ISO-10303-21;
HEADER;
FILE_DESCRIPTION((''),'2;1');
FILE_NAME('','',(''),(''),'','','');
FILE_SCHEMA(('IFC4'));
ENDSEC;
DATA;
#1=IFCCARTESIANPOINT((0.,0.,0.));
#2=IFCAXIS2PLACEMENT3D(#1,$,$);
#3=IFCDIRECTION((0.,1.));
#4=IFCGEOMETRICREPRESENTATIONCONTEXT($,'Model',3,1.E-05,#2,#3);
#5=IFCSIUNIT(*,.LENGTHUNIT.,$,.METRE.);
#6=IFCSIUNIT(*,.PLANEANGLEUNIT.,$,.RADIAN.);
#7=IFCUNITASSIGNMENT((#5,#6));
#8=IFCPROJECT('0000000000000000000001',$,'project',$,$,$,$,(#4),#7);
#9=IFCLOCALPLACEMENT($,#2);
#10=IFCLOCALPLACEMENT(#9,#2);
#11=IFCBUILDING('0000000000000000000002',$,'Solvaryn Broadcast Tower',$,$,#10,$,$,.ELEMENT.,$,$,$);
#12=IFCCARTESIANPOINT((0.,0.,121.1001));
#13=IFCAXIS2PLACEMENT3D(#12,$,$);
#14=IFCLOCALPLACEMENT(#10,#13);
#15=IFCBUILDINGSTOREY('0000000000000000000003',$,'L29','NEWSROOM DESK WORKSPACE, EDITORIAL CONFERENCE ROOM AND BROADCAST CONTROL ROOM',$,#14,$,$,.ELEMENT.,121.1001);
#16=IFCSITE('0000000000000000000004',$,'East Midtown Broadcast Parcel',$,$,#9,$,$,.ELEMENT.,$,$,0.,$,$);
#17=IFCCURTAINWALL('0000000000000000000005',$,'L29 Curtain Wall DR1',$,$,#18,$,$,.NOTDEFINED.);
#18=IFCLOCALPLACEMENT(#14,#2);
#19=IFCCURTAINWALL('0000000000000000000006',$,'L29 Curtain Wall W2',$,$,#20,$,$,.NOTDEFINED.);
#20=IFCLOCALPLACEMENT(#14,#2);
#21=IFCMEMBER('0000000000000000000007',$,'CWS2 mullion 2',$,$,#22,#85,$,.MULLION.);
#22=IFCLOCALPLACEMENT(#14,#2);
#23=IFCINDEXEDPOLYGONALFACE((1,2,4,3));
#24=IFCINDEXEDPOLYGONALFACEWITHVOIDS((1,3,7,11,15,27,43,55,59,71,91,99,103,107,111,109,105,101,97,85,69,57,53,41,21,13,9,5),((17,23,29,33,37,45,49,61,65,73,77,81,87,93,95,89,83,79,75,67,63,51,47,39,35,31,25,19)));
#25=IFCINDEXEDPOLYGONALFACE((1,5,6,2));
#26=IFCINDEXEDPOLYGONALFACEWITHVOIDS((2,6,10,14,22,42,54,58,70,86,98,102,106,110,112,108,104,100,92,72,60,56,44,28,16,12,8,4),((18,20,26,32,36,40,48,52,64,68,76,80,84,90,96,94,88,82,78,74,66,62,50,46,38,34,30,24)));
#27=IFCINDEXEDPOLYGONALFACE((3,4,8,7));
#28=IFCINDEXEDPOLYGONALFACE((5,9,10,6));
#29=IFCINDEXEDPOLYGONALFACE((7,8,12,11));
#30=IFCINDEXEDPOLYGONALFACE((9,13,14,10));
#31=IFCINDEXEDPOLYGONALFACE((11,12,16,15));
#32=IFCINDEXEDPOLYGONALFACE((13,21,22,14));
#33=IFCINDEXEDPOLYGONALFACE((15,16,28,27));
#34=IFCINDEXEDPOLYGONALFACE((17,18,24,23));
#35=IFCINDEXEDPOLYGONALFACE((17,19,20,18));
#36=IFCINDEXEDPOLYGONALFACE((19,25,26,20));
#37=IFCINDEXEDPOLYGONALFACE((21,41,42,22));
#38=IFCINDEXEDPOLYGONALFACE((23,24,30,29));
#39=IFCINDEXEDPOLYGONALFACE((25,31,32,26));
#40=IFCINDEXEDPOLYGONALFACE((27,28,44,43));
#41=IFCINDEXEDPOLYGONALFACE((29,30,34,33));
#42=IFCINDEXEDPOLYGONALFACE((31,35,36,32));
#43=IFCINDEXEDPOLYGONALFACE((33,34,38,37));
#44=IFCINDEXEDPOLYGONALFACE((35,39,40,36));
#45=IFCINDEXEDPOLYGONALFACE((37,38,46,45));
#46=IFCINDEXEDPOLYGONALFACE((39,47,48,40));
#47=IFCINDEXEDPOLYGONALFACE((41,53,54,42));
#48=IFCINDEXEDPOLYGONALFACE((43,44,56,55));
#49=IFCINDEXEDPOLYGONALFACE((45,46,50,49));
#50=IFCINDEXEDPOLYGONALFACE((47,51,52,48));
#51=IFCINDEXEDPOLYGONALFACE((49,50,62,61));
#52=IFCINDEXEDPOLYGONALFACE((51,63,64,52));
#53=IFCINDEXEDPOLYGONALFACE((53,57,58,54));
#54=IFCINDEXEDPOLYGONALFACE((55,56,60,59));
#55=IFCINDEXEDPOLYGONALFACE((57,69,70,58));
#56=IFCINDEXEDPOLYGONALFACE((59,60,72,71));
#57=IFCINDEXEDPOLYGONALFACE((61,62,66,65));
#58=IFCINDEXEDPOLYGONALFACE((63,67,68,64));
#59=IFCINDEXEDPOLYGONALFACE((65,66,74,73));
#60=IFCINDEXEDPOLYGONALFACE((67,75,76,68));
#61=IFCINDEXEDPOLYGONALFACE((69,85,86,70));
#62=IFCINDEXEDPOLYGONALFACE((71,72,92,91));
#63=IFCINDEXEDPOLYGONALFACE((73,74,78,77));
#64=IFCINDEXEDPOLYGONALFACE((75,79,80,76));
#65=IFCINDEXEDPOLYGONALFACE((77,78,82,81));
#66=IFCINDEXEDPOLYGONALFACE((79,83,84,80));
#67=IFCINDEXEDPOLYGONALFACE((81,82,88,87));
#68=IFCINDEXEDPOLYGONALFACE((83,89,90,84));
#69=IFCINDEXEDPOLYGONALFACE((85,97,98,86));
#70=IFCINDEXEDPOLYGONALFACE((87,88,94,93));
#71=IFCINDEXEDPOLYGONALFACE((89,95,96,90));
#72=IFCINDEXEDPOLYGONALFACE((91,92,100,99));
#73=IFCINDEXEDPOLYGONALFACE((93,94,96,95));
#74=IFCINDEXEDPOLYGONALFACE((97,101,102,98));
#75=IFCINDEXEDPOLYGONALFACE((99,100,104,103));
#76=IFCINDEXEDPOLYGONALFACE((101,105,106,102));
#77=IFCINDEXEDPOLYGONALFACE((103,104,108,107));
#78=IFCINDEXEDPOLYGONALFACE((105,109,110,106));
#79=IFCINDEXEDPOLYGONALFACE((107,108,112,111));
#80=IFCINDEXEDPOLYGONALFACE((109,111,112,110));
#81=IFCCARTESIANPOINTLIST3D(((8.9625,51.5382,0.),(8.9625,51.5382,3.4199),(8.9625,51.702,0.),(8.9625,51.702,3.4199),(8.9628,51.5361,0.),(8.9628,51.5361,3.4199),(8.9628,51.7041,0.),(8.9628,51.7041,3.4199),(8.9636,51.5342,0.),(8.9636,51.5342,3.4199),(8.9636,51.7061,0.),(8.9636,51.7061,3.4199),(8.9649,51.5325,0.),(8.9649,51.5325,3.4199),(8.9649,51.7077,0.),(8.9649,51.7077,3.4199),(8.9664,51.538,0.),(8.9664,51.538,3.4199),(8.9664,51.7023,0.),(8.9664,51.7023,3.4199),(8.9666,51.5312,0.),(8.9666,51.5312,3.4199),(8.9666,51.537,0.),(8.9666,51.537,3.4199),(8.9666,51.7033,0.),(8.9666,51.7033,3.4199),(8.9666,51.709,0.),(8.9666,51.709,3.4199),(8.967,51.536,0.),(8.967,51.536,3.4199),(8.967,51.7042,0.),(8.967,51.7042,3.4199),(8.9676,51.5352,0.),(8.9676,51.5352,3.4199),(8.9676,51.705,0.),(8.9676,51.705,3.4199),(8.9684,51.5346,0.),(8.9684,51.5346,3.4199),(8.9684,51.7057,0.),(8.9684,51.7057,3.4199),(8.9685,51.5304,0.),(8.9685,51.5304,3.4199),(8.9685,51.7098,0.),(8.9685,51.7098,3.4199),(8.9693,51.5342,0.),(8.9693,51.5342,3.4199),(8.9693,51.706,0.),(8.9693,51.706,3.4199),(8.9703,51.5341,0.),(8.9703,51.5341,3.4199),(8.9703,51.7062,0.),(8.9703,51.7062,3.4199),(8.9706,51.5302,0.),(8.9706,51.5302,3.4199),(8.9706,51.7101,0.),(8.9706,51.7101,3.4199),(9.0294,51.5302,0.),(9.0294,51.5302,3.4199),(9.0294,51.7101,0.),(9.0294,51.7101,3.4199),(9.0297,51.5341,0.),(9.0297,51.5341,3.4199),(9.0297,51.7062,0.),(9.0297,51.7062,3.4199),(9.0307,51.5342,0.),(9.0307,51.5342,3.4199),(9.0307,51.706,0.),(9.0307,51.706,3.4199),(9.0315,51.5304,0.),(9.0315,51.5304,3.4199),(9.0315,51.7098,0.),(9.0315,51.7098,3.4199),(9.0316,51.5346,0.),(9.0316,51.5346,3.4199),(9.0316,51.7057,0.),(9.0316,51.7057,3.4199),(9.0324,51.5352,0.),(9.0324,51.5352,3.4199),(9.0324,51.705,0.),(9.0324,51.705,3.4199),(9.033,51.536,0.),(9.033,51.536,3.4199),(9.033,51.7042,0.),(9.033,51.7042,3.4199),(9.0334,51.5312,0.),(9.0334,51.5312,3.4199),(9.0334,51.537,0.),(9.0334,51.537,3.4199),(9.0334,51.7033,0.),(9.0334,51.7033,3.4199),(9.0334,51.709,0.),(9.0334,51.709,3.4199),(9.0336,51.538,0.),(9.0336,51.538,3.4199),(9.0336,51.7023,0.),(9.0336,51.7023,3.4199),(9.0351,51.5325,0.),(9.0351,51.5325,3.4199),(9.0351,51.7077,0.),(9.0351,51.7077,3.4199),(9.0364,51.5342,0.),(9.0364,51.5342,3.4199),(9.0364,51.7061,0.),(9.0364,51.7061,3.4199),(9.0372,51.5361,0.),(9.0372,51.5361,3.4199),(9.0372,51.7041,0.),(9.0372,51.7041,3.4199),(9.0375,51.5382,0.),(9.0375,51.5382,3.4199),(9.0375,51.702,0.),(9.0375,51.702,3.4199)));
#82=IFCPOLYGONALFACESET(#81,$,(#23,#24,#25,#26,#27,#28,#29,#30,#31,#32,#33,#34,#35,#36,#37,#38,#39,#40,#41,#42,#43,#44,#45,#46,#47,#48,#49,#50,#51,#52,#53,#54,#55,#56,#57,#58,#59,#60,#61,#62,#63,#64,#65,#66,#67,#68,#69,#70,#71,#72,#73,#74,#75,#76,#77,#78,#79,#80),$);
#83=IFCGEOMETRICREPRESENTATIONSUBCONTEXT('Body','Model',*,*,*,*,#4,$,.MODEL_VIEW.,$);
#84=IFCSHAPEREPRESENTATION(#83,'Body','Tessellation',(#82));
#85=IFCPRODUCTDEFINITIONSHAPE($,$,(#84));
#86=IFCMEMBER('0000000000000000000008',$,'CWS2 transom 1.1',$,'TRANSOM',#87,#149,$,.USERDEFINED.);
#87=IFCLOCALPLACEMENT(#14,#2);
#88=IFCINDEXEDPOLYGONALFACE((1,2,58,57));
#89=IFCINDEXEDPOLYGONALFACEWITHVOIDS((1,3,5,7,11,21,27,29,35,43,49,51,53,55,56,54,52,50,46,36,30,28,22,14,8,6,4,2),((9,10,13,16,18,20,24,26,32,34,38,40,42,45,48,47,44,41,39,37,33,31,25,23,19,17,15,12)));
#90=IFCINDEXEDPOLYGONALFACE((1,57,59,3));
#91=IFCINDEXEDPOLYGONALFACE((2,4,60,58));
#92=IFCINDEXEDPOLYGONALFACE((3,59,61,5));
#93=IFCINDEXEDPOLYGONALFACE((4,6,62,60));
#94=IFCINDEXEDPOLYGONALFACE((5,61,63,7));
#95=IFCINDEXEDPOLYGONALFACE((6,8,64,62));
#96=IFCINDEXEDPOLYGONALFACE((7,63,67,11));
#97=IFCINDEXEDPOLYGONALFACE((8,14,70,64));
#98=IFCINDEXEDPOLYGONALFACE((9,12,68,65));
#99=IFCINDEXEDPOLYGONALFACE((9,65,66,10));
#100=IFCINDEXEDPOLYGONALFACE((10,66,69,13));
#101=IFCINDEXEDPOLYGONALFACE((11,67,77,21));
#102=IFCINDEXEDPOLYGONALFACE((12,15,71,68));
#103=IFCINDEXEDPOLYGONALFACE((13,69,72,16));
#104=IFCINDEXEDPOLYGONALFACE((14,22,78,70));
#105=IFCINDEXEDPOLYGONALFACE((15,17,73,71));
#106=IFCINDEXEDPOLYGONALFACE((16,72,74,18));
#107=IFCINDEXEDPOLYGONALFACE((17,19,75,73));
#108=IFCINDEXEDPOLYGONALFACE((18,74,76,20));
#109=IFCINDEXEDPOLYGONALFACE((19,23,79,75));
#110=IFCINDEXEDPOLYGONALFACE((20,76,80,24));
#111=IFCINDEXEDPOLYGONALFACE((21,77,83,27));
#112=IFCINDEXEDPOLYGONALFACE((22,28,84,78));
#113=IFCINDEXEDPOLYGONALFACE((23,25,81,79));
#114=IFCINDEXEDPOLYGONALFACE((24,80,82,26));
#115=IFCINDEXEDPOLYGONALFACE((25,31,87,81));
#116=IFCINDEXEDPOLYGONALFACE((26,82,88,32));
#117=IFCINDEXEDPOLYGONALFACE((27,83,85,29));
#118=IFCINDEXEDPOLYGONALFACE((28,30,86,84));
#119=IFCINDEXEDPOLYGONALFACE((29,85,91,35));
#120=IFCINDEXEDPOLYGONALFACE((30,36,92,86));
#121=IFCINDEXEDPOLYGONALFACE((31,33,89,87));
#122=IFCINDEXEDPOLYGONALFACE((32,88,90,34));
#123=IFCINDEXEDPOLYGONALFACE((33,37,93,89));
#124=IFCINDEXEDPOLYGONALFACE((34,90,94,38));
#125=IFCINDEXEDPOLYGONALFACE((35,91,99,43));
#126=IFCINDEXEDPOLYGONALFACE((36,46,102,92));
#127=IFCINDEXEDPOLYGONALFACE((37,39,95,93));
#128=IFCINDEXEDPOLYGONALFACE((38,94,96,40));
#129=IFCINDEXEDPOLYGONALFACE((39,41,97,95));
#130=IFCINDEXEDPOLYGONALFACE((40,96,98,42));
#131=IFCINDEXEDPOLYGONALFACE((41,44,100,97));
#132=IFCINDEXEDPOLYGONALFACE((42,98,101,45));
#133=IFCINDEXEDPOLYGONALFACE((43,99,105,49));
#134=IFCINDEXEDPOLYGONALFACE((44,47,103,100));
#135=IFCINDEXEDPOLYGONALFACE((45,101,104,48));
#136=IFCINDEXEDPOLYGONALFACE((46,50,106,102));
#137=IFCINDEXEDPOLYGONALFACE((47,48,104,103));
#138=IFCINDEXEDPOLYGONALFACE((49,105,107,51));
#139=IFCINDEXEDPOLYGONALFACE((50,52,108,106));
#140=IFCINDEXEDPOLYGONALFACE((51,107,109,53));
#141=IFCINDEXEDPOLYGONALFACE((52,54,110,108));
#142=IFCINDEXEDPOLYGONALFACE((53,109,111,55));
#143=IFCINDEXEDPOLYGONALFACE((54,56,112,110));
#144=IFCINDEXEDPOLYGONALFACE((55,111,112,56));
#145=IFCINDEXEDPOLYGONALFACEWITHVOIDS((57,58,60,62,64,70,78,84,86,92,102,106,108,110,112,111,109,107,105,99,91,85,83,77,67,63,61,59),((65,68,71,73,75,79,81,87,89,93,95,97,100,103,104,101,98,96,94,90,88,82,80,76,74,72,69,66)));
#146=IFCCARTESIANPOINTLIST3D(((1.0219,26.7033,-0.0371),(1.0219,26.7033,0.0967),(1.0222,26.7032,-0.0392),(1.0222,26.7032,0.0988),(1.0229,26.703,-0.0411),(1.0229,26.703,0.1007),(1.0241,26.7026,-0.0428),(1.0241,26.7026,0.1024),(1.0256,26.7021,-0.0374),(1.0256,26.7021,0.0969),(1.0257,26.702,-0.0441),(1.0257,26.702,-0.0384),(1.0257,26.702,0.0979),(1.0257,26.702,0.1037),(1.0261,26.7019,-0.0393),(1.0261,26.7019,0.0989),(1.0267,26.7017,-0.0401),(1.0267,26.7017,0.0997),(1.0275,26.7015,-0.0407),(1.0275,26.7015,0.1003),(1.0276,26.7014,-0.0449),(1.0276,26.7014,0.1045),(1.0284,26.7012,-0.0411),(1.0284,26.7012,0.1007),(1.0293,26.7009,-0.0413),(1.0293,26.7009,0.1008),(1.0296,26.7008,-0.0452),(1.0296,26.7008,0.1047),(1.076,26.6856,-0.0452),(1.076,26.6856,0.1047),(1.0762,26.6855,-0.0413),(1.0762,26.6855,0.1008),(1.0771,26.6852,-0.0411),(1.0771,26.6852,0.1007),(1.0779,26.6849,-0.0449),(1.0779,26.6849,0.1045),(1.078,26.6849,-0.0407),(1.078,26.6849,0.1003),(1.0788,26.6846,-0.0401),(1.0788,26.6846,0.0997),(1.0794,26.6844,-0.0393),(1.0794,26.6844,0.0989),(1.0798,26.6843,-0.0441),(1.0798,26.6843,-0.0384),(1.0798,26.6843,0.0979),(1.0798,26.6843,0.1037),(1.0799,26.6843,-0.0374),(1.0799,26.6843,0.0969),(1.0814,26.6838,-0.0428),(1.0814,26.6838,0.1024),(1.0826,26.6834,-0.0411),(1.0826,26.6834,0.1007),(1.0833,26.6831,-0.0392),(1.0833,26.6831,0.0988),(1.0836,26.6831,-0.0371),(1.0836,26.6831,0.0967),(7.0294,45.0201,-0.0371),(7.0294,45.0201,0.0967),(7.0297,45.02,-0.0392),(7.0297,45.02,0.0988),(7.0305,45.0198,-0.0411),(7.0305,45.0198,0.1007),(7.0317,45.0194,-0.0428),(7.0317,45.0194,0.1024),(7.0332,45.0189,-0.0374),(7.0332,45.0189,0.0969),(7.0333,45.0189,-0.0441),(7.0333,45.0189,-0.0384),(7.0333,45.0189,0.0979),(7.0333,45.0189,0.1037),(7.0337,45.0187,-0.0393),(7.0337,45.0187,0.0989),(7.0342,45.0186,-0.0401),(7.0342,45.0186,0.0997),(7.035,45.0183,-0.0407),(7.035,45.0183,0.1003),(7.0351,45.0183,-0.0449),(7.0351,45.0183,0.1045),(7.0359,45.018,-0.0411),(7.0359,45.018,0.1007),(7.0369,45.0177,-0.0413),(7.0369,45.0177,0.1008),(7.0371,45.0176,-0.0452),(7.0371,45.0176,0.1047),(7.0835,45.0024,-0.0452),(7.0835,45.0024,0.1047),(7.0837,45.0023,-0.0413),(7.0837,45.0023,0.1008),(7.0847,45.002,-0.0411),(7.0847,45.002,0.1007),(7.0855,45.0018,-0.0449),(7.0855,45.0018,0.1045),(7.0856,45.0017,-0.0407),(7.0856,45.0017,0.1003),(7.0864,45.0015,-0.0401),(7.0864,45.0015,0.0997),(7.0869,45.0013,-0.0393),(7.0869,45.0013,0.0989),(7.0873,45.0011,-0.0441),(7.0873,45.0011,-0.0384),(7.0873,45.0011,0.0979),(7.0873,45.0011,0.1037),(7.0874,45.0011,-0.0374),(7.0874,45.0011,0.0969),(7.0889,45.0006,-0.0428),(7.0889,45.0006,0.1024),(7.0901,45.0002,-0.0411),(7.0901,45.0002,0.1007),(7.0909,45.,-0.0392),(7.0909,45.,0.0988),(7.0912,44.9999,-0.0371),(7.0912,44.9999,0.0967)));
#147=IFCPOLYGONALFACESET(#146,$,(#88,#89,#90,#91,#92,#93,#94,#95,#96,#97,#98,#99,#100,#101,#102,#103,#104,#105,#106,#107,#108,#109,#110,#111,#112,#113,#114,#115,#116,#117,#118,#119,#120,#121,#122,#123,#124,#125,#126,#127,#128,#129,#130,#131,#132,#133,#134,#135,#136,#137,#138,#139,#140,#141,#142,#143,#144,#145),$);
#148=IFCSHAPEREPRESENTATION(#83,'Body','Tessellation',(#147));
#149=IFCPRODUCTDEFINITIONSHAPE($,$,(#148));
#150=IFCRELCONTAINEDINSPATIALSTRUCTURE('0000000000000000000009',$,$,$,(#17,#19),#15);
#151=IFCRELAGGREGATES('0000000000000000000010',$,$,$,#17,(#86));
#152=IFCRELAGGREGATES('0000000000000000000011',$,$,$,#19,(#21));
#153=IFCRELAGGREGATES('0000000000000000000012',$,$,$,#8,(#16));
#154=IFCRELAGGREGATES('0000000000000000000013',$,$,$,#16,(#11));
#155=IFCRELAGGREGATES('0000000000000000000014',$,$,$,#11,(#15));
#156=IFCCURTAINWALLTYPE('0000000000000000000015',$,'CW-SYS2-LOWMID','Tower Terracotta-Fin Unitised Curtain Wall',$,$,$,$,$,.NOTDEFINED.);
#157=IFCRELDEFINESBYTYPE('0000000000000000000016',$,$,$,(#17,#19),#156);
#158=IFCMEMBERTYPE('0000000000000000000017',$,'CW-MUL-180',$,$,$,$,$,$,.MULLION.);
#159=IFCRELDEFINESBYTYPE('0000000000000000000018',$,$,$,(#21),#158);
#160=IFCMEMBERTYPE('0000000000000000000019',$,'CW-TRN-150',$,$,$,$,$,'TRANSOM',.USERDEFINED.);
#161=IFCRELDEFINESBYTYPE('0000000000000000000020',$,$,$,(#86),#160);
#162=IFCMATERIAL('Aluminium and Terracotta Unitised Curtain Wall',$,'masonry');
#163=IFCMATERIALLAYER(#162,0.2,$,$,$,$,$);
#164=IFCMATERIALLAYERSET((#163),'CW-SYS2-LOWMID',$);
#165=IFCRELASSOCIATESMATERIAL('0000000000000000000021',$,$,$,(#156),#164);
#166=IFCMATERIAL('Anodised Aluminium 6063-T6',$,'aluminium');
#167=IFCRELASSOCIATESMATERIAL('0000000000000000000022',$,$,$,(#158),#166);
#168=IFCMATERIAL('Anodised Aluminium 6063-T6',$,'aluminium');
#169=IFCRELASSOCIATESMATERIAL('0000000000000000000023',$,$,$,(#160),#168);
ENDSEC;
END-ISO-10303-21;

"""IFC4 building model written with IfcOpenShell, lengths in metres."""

from ifc_helpers import new_model, si_unit, direction, frame, origin, origin_2d, place, context, subcontext, project, spatial, hollow_rectangle, extrude, material, layer, layer_set, material_profile, profile_set, type_object, element, aggregate, save


model = new_model("IFC4")

# Units and contexts
model_context = context("Model", 3, precision=1e-05, world=origin(), true_north=direction((0.0, 1.0)))
body_context = subcontext(model_context, "Body", "Model", "MODEL_VIEW")
ifc_project = project(units=[si_unit("LENGTHUNIT", "METRE"), si_unit("PLANEANGLEUNIT", "RADIAN")], contexts=[model_context])

# Site, building, storey
site_placement = place(None, origin())
site = spatial("IfcSite", under=ifc_project, at=site_placement, Name="East Midtown Broadcast Parcel", CompositionType="ELEMENT", RefElevation=0.0)
building_placement = place(site_placement, origin())
building = spatial("IfcBuilding", under=site, at=building_placement, Name="Solvaryn Broadcast Tower", CompositionType="ELEMENT")
storey_placement = place(building_placement, frame((0.0, 0.0, 121.1001)))
storey = spatial("IfcBuildingStorey", under=building, at=storey_placement, Name="L29", Description="NEWSROOM DESK WORKSPACE, EDITORIAL CONFERENCE ROOM AND BROADCAST CONTROL ROOM", CompositionType="ELEMENT", Elevation=121.1001)

# Curtain wall
ifc_material_1 = material(Name="Aluminium and Terracotta Unitised Curtain Wall", Category="masonry")
ifc_layer_1 = layer(ifc_material_1, 0.2)
ifc_layer_set_1 = layer_set([ifc_layer_1], Name="CW-SYS2-LOWMID")
curtain_wall_type = type_object("IfcCurtainWallType", Name="CW-SYS2-LOWMID", Description="Tower Terracotta-Fin Unitised Curtain Wall", PredefinedType="NOTDEFINED", material=ifc_layer_set_1)
curtain_wall_1_placement = place(storey_placement, origin())
curtain_wall_1 = element("IfcCurtainWall", 1, at=curtain_wall_1_placement, inside=storey, type_object=curtain_wall_type, Name="L29 Curtain Wall DR1", PredefinedType="NOTDEFINED")
ifc_material_2 = material(Name="Anodised Aluminium 6063-T6", Category="aluminium")
ifc_material_profile_1 = material_profile(ifc_material_2, hollow_rectangle(XDim=0.075, YDim=0.1799, WallThickness=0.0039, InnerFilletRadius=0.0039, OuterFilletRadius=0.0081, at=origin_2d()))
ifc_profile_set_1 = profile_set([ifc_material_profile_1], Name="Anodised Aluminium 6063-T6")
member_type_1 = type_object("IfcMemberType", Name="CW-MUL-180", PredefinedType="MULLION", material=ifc_profile_set_1)

# Curtain wall, member
curtain_wall_2_placement = place(storey_placement, origin())
curtain_wall_2 = element("IfcCurtainWall", 2, at=curtain_wall_2_placement, inside=storey, type_object=curtain_wall_type, Name="L29 Curtain Wall W2", PredefinedType="NOTDEFINED")
member_1_placement = place(storey_placement, frame((9.0, 51.6201, 0.0), z_axis=(0.0, 0.0, 1.0), x_axis=(-1.0, 0.0, 0.0)))
member_1 = element("IfcMember", 3, at=member_1_placement, type_object=member_type_1, Name="CWS2 mullion 2", PredefinedType="MULLION", context=body_context, shape_type="SweptSolid", body=[
    extrude(hollow_rectangle(XDim=0.075, YDim=0.1799, WallThickness=0.0039, InnerFilletRadius=0.0039, OuterFilletRadius=0.0081, at=origin_2d()), origin(), (0.0, 0.0, 1.0), 3.4199),
])

# Member
ifc_material_3 = material(Name="Anodised Aluminium 6063-T6", Category="aluminium")
ifc_material_profile_2 = material_profile(ifc_material_3, hollow_rectangle(XDim=0.0649, YDim=0.1499, WallThickness=0.0039, InnerFilletRadius=0.0039, OuterFilletRadius=0.0081, at=origin_2d()))
ifc_profile_set_2 = profile_set([ifc_material_profile_2], Name="Anodised Aluminium 6063-T6")
member_type_2 = type_object("IfcMemberType", Name="CW-TRN-150", ElementType="TRANSOM", PredefinedType="USERDEFINED", material=ifc_profile_set_2)
member_2_placement = place(storey_placement, frame((7.0603, 45.01, 0.0298), z_axis=(-0.311646, -0.950198, 0.0), x_axis=(0.950198, -0.311646, 0.0)))
member_2 = element("IfcMember", 4, at=member_2_placement, type_object=member_type_2, Name="CWS2 transom 1.1", ObjectType="TRANSOM", PredefinedType="USERDEFINED", context=body_context, shape_type="SweptSolid", body=[
    extrude(hollow_rectangle(XDim=0.0649, YDim=0.1499, WallThickness=0.0039, InnerFilletRadius=0.0039, OuterFilletRadius=0.0081, at=origin_2d()), origin(), (0.0, 0.0, 1.0), 19.2769),
])
aggregate(curtain_wall_1, [member_2])

aggregate(curtain_wall_2, [member_1])

save(model, "model.ifc")
